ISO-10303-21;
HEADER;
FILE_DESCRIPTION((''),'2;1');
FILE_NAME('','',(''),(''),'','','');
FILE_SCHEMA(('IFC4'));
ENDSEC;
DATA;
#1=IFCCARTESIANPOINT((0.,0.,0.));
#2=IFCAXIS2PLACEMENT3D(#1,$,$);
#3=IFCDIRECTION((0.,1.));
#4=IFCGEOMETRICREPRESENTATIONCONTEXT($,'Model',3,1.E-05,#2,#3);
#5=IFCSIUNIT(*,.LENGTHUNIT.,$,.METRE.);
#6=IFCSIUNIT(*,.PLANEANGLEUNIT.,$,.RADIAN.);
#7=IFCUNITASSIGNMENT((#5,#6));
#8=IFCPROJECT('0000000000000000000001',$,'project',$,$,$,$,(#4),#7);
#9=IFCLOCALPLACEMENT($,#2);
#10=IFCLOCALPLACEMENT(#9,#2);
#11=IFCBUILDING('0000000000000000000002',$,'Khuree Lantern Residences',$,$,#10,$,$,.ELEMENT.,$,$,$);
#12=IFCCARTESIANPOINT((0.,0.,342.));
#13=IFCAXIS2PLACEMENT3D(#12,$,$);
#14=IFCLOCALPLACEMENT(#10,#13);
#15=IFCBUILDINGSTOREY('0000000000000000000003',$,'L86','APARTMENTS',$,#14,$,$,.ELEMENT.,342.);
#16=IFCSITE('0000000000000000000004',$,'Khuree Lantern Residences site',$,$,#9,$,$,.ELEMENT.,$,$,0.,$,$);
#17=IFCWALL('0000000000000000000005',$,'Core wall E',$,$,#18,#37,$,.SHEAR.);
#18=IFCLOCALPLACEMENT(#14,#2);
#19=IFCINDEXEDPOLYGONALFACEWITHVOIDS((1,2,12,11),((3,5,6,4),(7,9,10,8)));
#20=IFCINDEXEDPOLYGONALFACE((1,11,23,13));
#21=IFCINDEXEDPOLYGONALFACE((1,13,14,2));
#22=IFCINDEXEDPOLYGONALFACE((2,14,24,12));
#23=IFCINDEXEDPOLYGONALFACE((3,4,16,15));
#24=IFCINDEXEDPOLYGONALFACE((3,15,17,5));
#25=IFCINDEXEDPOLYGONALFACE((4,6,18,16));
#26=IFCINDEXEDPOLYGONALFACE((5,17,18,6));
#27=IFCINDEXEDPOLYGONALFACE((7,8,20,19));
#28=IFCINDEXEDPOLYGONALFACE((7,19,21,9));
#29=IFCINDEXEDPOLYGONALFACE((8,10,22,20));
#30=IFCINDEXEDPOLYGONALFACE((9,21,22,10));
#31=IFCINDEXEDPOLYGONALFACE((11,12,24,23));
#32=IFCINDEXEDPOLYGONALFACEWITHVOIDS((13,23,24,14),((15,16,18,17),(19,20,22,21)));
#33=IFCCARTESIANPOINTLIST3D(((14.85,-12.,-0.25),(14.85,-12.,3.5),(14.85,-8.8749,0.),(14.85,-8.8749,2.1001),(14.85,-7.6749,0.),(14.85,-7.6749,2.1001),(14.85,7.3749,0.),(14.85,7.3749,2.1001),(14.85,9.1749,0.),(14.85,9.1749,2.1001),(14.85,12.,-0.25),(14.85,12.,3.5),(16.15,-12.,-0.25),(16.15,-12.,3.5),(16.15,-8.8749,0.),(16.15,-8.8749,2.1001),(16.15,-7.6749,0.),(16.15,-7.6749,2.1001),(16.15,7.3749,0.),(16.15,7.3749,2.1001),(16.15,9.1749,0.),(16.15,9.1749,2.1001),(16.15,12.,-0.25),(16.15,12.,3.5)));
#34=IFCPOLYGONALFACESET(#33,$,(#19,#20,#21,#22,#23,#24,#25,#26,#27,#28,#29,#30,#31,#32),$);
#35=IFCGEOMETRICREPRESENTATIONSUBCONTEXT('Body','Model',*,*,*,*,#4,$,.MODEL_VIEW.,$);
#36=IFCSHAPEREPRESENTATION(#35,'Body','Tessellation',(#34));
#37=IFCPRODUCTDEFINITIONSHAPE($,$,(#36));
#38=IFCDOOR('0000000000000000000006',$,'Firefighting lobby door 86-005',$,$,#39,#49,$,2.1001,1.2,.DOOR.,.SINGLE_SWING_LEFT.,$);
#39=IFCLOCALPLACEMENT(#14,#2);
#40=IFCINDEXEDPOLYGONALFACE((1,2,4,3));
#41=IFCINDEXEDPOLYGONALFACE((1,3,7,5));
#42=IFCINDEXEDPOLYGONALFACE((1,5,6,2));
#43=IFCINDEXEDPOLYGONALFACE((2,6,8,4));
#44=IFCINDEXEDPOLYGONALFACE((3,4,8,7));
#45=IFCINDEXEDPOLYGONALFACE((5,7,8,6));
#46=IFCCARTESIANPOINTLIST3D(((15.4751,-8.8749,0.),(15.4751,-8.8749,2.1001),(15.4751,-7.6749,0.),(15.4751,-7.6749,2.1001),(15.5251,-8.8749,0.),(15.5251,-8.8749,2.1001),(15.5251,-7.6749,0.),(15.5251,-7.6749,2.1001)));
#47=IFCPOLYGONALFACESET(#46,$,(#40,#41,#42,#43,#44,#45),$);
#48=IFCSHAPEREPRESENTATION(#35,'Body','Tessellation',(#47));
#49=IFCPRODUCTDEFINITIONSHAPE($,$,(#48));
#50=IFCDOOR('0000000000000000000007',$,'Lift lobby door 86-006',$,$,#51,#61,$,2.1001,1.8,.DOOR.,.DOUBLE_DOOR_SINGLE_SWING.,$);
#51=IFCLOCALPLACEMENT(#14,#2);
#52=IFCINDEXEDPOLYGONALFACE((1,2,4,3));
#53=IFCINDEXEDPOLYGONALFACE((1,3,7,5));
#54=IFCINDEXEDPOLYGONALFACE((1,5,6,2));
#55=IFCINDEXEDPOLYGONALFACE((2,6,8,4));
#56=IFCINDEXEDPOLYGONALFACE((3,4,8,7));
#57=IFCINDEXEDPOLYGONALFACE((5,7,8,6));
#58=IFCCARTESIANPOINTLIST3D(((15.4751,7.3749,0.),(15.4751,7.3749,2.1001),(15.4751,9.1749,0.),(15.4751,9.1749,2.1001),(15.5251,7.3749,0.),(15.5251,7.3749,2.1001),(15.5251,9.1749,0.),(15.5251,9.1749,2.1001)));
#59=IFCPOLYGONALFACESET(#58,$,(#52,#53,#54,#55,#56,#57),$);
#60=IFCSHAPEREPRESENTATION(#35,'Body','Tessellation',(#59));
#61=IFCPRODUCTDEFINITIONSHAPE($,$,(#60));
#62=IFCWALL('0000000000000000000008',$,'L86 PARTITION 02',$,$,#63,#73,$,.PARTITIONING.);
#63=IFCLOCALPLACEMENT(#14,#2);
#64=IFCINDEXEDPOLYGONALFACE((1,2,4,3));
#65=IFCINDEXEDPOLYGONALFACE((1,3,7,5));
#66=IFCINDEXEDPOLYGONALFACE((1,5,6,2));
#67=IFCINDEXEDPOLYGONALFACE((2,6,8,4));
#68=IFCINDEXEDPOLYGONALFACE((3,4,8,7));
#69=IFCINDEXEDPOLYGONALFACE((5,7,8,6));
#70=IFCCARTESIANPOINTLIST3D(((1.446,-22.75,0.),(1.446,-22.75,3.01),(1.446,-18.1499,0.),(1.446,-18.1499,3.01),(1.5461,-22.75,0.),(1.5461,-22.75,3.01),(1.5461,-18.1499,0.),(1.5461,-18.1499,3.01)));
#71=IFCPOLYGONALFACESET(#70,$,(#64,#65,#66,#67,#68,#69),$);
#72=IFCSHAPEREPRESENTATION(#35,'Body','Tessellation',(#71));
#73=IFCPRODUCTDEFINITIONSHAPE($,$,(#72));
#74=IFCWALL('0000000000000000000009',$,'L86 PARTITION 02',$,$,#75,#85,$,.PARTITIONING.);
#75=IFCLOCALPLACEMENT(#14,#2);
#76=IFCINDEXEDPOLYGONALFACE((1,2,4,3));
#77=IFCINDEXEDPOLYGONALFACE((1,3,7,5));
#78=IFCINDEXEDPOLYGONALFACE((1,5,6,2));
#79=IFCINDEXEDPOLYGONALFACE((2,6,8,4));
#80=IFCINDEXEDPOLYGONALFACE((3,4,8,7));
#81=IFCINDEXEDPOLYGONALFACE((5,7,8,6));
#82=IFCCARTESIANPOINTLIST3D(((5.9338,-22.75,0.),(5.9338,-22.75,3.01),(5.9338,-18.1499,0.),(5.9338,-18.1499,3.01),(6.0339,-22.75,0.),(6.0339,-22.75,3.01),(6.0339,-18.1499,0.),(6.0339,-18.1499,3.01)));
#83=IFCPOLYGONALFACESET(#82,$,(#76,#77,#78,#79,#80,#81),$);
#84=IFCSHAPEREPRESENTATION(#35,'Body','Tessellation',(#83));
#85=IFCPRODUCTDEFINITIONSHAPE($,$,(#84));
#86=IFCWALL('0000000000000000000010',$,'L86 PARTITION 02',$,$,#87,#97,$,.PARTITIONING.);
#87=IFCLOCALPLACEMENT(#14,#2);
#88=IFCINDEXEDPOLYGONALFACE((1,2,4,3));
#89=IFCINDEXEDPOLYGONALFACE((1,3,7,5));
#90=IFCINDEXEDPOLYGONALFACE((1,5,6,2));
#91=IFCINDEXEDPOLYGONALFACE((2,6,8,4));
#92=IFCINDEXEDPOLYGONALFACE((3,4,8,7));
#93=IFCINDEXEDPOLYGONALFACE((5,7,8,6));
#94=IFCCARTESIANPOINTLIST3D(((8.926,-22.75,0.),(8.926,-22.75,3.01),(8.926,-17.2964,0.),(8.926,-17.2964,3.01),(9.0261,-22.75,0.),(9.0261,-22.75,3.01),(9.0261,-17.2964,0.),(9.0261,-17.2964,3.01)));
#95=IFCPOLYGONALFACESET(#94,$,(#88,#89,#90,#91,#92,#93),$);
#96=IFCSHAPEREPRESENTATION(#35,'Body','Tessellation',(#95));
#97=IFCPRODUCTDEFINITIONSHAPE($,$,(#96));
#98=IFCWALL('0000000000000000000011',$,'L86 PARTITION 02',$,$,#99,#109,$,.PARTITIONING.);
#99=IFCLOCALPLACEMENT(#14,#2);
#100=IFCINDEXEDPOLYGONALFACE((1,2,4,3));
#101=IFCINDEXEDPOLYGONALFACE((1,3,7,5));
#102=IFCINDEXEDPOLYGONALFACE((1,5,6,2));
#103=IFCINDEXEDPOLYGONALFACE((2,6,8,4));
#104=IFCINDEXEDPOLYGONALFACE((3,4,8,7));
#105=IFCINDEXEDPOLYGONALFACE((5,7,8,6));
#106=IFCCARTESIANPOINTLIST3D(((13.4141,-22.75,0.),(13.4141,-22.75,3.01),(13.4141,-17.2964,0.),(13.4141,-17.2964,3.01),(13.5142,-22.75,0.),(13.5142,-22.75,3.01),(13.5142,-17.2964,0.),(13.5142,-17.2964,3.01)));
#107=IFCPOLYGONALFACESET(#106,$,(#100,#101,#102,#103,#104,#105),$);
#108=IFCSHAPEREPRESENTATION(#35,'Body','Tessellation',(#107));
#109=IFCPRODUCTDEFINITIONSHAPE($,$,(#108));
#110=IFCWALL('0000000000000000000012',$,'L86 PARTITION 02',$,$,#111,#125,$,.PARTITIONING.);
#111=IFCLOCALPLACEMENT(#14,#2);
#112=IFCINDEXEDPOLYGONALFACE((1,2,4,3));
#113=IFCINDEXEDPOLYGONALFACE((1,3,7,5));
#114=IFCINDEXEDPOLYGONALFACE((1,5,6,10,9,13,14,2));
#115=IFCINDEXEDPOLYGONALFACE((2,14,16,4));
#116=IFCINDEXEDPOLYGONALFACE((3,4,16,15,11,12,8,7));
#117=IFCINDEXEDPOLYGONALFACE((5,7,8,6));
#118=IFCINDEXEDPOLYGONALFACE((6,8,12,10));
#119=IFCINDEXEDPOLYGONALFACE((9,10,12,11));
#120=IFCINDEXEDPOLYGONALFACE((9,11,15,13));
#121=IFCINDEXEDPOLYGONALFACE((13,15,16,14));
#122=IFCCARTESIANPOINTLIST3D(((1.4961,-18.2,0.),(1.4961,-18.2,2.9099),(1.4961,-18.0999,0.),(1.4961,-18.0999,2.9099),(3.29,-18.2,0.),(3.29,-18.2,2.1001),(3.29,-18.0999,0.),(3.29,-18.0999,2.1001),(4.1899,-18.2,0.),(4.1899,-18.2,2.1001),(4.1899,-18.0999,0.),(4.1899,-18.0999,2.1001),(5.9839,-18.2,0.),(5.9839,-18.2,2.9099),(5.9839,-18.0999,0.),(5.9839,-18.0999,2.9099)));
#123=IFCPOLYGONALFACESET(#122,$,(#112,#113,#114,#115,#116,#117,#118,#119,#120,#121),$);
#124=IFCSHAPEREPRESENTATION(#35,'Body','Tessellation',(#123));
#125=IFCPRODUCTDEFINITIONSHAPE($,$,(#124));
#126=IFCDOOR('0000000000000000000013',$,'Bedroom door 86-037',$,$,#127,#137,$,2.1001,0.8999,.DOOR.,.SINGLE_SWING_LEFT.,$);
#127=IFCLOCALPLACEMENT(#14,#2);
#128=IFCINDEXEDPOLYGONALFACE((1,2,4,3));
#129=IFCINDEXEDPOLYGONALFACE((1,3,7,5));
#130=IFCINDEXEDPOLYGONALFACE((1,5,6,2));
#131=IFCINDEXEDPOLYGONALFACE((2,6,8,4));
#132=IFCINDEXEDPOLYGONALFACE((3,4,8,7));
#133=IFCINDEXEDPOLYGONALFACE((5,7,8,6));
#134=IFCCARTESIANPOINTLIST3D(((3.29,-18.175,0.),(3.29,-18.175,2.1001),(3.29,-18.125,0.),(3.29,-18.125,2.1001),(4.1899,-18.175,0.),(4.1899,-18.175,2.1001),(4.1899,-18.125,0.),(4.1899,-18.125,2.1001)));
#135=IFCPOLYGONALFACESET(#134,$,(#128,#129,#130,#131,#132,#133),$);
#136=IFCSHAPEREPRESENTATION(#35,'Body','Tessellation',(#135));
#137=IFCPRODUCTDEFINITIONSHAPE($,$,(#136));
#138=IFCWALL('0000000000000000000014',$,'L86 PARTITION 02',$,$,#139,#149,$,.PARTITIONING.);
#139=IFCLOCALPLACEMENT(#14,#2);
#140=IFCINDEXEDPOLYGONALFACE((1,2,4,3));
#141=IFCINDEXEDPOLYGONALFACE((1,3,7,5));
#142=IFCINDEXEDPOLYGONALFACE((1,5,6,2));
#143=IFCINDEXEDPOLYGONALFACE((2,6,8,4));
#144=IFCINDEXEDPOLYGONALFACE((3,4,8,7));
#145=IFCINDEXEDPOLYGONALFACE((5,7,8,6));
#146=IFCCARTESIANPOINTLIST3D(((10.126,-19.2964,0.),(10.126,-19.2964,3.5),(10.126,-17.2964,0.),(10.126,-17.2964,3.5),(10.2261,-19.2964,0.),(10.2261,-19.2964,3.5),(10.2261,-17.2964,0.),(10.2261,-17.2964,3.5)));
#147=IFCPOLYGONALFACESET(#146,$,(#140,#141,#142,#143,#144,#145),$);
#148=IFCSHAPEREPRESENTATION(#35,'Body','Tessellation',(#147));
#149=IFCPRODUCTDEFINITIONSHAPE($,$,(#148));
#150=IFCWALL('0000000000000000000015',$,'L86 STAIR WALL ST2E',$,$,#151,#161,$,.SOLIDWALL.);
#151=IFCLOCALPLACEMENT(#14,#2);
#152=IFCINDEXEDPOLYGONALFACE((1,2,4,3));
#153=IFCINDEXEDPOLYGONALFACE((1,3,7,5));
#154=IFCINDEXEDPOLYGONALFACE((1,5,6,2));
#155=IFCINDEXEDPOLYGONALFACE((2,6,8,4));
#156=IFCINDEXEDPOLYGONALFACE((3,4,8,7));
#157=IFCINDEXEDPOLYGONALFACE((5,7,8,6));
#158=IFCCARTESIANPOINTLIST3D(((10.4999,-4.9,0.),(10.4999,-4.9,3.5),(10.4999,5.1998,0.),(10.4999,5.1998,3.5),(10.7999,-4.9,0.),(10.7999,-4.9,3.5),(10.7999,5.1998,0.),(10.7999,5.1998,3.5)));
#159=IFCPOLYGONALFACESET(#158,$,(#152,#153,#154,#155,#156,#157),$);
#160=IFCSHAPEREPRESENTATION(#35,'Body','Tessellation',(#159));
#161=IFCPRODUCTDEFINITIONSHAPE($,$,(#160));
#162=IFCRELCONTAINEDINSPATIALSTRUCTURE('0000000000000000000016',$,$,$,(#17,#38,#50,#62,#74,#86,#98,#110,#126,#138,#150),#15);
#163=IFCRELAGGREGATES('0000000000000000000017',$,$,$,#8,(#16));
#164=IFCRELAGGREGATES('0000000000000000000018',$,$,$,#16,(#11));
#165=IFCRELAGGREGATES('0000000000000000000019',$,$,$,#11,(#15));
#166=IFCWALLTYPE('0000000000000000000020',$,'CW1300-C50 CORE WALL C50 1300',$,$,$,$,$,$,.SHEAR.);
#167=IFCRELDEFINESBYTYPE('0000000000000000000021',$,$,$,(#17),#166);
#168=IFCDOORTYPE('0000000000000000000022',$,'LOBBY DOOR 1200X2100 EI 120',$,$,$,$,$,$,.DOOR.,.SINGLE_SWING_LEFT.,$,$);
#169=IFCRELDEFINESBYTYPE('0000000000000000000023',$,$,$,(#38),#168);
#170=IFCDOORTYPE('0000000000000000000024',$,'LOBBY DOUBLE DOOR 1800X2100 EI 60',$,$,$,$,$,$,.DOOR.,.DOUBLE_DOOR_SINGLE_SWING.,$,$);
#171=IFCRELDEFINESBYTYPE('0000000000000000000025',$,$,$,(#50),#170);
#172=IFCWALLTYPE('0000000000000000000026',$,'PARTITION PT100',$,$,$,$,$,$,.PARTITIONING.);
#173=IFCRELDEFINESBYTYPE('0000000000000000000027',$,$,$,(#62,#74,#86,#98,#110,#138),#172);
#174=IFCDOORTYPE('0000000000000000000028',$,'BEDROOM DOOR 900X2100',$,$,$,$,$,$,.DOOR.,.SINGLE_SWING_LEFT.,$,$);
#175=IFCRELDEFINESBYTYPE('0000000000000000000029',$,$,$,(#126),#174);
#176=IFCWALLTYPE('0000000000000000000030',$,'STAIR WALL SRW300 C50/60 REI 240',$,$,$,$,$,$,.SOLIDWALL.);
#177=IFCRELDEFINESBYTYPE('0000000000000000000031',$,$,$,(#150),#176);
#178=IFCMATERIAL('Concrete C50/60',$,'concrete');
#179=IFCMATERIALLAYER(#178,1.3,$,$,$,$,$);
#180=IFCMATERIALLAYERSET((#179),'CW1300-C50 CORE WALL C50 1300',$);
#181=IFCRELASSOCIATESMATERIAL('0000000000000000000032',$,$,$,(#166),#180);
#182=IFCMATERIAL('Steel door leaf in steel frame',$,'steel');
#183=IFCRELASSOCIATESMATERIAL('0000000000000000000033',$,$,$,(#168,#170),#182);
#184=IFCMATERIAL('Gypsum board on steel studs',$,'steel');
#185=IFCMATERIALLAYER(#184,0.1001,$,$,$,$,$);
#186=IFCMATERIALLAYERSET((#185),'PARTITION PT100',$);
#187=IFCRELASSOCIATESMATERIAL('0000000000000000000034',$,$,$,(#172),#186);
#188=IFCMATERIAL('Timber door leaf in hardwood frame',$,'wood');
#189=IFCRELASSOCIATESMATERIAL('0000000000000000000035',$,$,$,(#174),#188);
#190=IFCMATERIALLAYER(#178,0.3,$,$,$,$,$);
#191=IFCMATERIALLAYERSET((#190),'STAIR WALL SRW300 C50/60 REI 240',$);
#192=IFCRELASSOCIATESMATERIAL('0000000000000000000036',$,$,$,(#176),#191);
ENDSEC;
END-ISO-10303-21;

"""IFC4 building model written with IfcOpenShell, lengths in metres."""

from ifc_helpers import new_model, si_unit, direction, frame, frame_2d, origin, place, context, subcontext, project, spatial, rectangle, extrude, material, layer, layer_set, type_object, element, fill, save


model = new_model("IFC4")

# Units and contexts
model_context = context("Model", 3, precision=1e-05, world=origin(), true_north=direction((0.0, 1.0)))
body_context = subcontext(model_context, "Body", "Model", "MODEL_VIEW")
ifc_project = project(units=[si_unit("LENGTHUNIT", "METRE"), si_unit("PLANEANGLEUNIT", "RADIAN")], contexts=[model_context])

# Site, building, storey
site_placement = place(None, origin())
site = spatial("IfcSite", under=ifc_project, at=site_placement, Name="Khuree Lantern Residences site", CompositionType="ELEMENT", RefElevation=0.0)
building_placement = place(site_placement, origin())
building = spatial("IfcBuilding", under=site, at=building_placement, Name="Khuree Lantern Residences", CompositionType="ELEMENT")
storey_placement = place(building_placement, frame((0.0, 0.0, 342.0)))
storey = spatial("IfcBuildingStorey", under=building, at=storey_placement, Name="L86", Description="APARTMENTS", CompositionType="ELEMENT", Elevation=342.0)

# Shared definitions
ifc_material_1 = material(Name="Timber door leaf in hardwood frame", Category="wood")

# Wall, openings, doors
ifc_material_2 = material(Name="Concrete C50/60", Category="concrete")
ifc_layer_1 = layer(ifc_material_2, 1.3)
ifc_layer_set_1 = layer_set([ifc_layer_1], Name="CW1300-C50 CORE WALL C50 1300")
wall_type_1 = type_object("IfcWallType", Name="CW1300-C50 CORE WALL C50 1300", PredefinedType="SHEAR", material=ifc_layer_set_1)
wall_1_placement = place(storey_placement, frame((15.5, -12.0, -0.25), z_axis=(0.0, 0.0, 1.0), x_axis=(0.0, 1.0, 0.0)))
wall_1 = element("IfcWall", 1, at=wall_1_placement, inside=storey, type_object=wall_type_1, Name="Core wall E", PredefinedType="SHEAR", context=body_context, shape_type="SweptSolid", body=[
    extrude(rectangle(XDim=24.0, YDim=1.3, at=frame_2d((12.0, 0.0))), origin(), (0.0, 0.0, 1.0), 3.75),
])
opening_1_placement = place(wall_1_placement, frame((3.125, 0.0, 0.25)))
opening_1 = element("IfcOpeningElement", 2, at=opening_1_placement, cuts=wall_1, PredefinedType="OPENING", context=body_context, shape_type="SweptSolid", body=[
    extrude(rectangle(XDim=1.2, YDim=2.1001, at=frame_2d((0.6001, 1.05))), frame((0.0, 0.6602, 0.0), z_axis=(0.0, -1.0, 0.0), x_axis=(1.0, 0.0, 0.0)), (0.0, 0.0, 1.0), 1.3201),
])
opening_2_placement = place(wall_1_placement, frame((19.375, 0.0, 0.25)))
opening_2 = element("IfcOpeningElement", 3, at=opening_2_placement, cuts=wall_1, PredefinedType="OPENING", context=body_context, shape_type="SweptSolid", body=[
    extrude(rectangle(XDim=1.8, YDim=2.1001, at=frame_2d((0.8999, 1.05))), frame((0.0, 0.6602, 0.0), z_axis=(0.0, -1.0, 0.0), x_axis=(1.0, 0.0, 0.0)), (0.0, 0.0, 1.0), 1.3201),
])
ifc_material_3 = material(Name="Steel door leaf in steel frame", Category="steel")
door_type_1 = type_object("IfcDoorType", Name="LOBBY DOOR 1200X2100 EI 120", OperationType="SINGLE_SWING_LEFT", PredefinedType="DOOR", material=ifc_material_3)
door_1_placement = place(opening_1_placement, origin())
door_1 = element("IfcDoor", 4, at=door_1_placement, inside=storey, type_object=door_type_1, Name="Firefighting lobby door 86-005", OperationType="SINGLE_SWING_LEFT", OverallHeight=2.1001, OverallWidth=1.2, PredefinedType="DOOR", context=body_context, shape_type="SweptSolid", body=[
    extrude(rectangle(XDim=1.2, YDim=2.1001, at=frame_2d((0.6001, 1.05))), frame((0.0, 0.0249, 0.0), z_axis=(0.0, -1.0, 0.0), x_axis=(1.0, 0.0, 0.0)), (0.0, 0.0, 1.0), 0.05),
])
fill(opening_1, door_1)
door_type_2 = type_object("IfcDoorType", Name="LOBBY DOUBLE DOOR 1800X2100 EI 60", OperationType="DOUBLE_DOOR_SINGLE_SWING", PredefinedType="DOOR", material=ifc_material_3)
door_2_placement = place(opening_2_placement, origin())
door_2 = element("IfcDoor", 5, at=door_2_placement, inside=storey, type_object=door_type_2, Name="Lift lobby door 86-006", OperationType="DOUBLE_DOOR_SINGLE_SWING", OverallHeight=2.1001, OverallWidth=1.8, PredefinedType="DOOR", context=body_context, shape_type="SweptSolid", body=[
    extrude(rectangle(XDim=1.8, YDim=2.1001, at=frame_2d((0.8999, 1.05))), frame((0.0, 0.0249, 0.0), z_axis=(0.0, -1.0, 0.0), x_axis=(1.0, 0.0, 0.0)), (0.0, 0.0, 1.0), 0.05),
])
fill(opening_2, door_2)

# Walls
ifc_material_4 = material(Name="Gypsum board on steel studs", Category="steel")
ifc_layer_2 = layer(ifc_material_4, 0.1001)
ifc_layer_set_2 = layer_set([ifc_layer_2], Name="PARTITION PT100")
wall_type_2 = type_object("IfcWallType", Name="PARTITION PT100", PredefinedType="PARTITIONING", material=ifc_layer_set_2)
for number, where, z_axis, x_axis, name in (
    (6, (1.4961, -18.1499, 0.0), (0.0, 0.0, 1.0), (0.0, -1.0, 0.0), "L86 PARTITION 02"),
    (7, (5.9839, -18.1499, 0.0), (0.0, 0.0, 1.0), (0.0, -1.0, 0.0), "L86 PARTITION 02"),
):
    element("IfcWall", number, at=place(storey_placement, frame(where, z_axis=z_axis, x_axis=x_axis)), inside=storey, type_object=wall_type_2, Name=name, PredefinedType="PARTITIONING", context=body_context, shape_type="SweptSolid", body=[
        extrude(rectangle(XDim=4.6001, YDim=0.1001, at=frame_2d((2.3, 0.0))), origin(), (0.0, 0.0, 1.0), 3.01),
    ])
for number, where, z_axis, x_axis, name in (
    (8, (8.9761, -17.2964, 0.0), (0.0, 0.0, 1.0), (0.0, -1.0, 0.0), "L86 PARTITION 02"),
    (9, (13.4641, -17.2964, 0.0), (0.0, 0.0, 1.0), (0.0, -1.0, 0.0), "L86 PARTITION 02"),
):
    element("IfcWall", number, at=place(storey_placement, frame(where, z_axis=z_axis, x_axis=x_axis)), inside=storey, type_object=wall_type_2, Name=name, PredefinedType="PARTITIONING", context=body_context, shape_type="SweptSolid", body=[
        extrude(rectangle(XDim=5.4536, YDim=0.1001, at=frame_2d((2.7268, 0.0))), origin(), (0.0, 0.0, 1.0), 3.01),
    ])

# Wall, opening, door
wall_2_placement = place(storey_placement, frame((1.4961, -18.1499, 0.0), z_axis=(0.0, 0.0, 1.0), x_axis=(1.0, 0.0, 0.0)))
wall_2 = element("IfcWall", 10, at=wall_2_placement, inside=storey, type_object=wall_type_2, Name="L86 PARTITION 02", PredefinedType="PARTITIONING", context=body_context, shape_type="SweptSolid", body=[
    extrude(rectangle(XDim=4.4878, YDim=0.1001, at=frame_2d((2.2439, 0.0))), origin(), (0.0, 0.0, 1.0), 2.9099),
])
opening_3_placement = place(wall_2_placement, frame((1.7939, 0.0, 0.0)))
opening_3 = element("IfcOpeningElement", 11, at=opening_3_placement, cuts=wall_2, PredefinedType="OPENING", context=body_context, shape_type="SweptSolid", body=[
    extrude(rectangle(XDim=0.8999, YDim=2.1001, at=frame_2d((0.45, 1.05))), frame((0.0, 0.0601, 0.0), z_axis=(0.0, -1.0, 0.0), x_axis=(1.0, 0.0, 0.0)), (0.0, 0.0, 1.0), 0.1201),
])
door_type_3 = type_object("IfcDoorType", Name="BEDROOM DOOR 900X2100", OperationType="SINGLE_SWING_LEFT", PredefinedType="DOOR", material=ifc_material_1)
door_3_placement = place(opening_3_placement, origin())
door_3 = element("IfcDoor", 12, at=door_3_placement, inside=storey, type_object=door_type_3, Name="Bedroom door 86-037", OperationType="SINGLE_SWING_LEFT", OverallHeight=2.1001, OverallWidth=0.8999, PredefinedType="DOOR", context=body_context, shape_type="SweptSolid", body=[
    extrude(rectangle(XDim=0.8999, YDim=2.1001, at=frame_2d((0.45, 1.05))), frame((0.0, 0.0249, 0.0), z_axis=(0.0, -1.0, 0.0), x_axis=(1.0, 0.0, 0.0)), (0.0, 0.0, 1.0), 0.05),
])
fill(opening_3, door_3)

# Walls
wall_3_placement = place(storey_placement, frame((10.176, -17.2964, 0.0), z_axis=(0.0, 0.0, 1.0), x_axis=(0.0, -1.0, 0.0)))
element("IfcWall", 13, at=wall_3_placement, inside=storey, type_object=wall_type_2, Name="L86 PARTITION 02", PredefinedType="PARTITIONING", context=body_context, shape_type="SweptSolid", body=[
    extrude(rectangle(XDim=2.0, YDim=0.1001, at=frame_2d((1.0, 0.0))), origin(), (0.0, 0.0, 1.0), 3.5),
])
ifc_layer_3 = layer(ifc_material_2, 0.3)
ifc_layer_set_3 = layer_set([ifc_layer_3], Name="STAIR WALL SRW300 C50/60 REI 240")
wall_type_3 = type_object("IfcWallType", Name="STAIR WALL SRW300 C50/60 REI 240", PredefinedType="SOLIDWALL", material=ifc_layer_set_3)
wall_4_placement = place(storey_placement, frame((10.6499, -4.8999, 0.0), z_axis=(0.0, 0.0, 1.0), x_axis=(0.0, 1.0, 0.0)))
element("IfcWall", 14, at=wall_4_placement, inside=storey, type_object=wall_type_3, Name="L86 STAIR WALL ST2E", PredefinedType="SOLIDWALL", context=body_context, shape_type="SweptSolid", body=[
    extrude(rectangle(XDim=10.0999, YDim=0.3, at=frame_2d((5.0498, 0.0))), origin(), (0.0, 0.0, 1.0), 3.5),
])

save(model, "model.ifc")
